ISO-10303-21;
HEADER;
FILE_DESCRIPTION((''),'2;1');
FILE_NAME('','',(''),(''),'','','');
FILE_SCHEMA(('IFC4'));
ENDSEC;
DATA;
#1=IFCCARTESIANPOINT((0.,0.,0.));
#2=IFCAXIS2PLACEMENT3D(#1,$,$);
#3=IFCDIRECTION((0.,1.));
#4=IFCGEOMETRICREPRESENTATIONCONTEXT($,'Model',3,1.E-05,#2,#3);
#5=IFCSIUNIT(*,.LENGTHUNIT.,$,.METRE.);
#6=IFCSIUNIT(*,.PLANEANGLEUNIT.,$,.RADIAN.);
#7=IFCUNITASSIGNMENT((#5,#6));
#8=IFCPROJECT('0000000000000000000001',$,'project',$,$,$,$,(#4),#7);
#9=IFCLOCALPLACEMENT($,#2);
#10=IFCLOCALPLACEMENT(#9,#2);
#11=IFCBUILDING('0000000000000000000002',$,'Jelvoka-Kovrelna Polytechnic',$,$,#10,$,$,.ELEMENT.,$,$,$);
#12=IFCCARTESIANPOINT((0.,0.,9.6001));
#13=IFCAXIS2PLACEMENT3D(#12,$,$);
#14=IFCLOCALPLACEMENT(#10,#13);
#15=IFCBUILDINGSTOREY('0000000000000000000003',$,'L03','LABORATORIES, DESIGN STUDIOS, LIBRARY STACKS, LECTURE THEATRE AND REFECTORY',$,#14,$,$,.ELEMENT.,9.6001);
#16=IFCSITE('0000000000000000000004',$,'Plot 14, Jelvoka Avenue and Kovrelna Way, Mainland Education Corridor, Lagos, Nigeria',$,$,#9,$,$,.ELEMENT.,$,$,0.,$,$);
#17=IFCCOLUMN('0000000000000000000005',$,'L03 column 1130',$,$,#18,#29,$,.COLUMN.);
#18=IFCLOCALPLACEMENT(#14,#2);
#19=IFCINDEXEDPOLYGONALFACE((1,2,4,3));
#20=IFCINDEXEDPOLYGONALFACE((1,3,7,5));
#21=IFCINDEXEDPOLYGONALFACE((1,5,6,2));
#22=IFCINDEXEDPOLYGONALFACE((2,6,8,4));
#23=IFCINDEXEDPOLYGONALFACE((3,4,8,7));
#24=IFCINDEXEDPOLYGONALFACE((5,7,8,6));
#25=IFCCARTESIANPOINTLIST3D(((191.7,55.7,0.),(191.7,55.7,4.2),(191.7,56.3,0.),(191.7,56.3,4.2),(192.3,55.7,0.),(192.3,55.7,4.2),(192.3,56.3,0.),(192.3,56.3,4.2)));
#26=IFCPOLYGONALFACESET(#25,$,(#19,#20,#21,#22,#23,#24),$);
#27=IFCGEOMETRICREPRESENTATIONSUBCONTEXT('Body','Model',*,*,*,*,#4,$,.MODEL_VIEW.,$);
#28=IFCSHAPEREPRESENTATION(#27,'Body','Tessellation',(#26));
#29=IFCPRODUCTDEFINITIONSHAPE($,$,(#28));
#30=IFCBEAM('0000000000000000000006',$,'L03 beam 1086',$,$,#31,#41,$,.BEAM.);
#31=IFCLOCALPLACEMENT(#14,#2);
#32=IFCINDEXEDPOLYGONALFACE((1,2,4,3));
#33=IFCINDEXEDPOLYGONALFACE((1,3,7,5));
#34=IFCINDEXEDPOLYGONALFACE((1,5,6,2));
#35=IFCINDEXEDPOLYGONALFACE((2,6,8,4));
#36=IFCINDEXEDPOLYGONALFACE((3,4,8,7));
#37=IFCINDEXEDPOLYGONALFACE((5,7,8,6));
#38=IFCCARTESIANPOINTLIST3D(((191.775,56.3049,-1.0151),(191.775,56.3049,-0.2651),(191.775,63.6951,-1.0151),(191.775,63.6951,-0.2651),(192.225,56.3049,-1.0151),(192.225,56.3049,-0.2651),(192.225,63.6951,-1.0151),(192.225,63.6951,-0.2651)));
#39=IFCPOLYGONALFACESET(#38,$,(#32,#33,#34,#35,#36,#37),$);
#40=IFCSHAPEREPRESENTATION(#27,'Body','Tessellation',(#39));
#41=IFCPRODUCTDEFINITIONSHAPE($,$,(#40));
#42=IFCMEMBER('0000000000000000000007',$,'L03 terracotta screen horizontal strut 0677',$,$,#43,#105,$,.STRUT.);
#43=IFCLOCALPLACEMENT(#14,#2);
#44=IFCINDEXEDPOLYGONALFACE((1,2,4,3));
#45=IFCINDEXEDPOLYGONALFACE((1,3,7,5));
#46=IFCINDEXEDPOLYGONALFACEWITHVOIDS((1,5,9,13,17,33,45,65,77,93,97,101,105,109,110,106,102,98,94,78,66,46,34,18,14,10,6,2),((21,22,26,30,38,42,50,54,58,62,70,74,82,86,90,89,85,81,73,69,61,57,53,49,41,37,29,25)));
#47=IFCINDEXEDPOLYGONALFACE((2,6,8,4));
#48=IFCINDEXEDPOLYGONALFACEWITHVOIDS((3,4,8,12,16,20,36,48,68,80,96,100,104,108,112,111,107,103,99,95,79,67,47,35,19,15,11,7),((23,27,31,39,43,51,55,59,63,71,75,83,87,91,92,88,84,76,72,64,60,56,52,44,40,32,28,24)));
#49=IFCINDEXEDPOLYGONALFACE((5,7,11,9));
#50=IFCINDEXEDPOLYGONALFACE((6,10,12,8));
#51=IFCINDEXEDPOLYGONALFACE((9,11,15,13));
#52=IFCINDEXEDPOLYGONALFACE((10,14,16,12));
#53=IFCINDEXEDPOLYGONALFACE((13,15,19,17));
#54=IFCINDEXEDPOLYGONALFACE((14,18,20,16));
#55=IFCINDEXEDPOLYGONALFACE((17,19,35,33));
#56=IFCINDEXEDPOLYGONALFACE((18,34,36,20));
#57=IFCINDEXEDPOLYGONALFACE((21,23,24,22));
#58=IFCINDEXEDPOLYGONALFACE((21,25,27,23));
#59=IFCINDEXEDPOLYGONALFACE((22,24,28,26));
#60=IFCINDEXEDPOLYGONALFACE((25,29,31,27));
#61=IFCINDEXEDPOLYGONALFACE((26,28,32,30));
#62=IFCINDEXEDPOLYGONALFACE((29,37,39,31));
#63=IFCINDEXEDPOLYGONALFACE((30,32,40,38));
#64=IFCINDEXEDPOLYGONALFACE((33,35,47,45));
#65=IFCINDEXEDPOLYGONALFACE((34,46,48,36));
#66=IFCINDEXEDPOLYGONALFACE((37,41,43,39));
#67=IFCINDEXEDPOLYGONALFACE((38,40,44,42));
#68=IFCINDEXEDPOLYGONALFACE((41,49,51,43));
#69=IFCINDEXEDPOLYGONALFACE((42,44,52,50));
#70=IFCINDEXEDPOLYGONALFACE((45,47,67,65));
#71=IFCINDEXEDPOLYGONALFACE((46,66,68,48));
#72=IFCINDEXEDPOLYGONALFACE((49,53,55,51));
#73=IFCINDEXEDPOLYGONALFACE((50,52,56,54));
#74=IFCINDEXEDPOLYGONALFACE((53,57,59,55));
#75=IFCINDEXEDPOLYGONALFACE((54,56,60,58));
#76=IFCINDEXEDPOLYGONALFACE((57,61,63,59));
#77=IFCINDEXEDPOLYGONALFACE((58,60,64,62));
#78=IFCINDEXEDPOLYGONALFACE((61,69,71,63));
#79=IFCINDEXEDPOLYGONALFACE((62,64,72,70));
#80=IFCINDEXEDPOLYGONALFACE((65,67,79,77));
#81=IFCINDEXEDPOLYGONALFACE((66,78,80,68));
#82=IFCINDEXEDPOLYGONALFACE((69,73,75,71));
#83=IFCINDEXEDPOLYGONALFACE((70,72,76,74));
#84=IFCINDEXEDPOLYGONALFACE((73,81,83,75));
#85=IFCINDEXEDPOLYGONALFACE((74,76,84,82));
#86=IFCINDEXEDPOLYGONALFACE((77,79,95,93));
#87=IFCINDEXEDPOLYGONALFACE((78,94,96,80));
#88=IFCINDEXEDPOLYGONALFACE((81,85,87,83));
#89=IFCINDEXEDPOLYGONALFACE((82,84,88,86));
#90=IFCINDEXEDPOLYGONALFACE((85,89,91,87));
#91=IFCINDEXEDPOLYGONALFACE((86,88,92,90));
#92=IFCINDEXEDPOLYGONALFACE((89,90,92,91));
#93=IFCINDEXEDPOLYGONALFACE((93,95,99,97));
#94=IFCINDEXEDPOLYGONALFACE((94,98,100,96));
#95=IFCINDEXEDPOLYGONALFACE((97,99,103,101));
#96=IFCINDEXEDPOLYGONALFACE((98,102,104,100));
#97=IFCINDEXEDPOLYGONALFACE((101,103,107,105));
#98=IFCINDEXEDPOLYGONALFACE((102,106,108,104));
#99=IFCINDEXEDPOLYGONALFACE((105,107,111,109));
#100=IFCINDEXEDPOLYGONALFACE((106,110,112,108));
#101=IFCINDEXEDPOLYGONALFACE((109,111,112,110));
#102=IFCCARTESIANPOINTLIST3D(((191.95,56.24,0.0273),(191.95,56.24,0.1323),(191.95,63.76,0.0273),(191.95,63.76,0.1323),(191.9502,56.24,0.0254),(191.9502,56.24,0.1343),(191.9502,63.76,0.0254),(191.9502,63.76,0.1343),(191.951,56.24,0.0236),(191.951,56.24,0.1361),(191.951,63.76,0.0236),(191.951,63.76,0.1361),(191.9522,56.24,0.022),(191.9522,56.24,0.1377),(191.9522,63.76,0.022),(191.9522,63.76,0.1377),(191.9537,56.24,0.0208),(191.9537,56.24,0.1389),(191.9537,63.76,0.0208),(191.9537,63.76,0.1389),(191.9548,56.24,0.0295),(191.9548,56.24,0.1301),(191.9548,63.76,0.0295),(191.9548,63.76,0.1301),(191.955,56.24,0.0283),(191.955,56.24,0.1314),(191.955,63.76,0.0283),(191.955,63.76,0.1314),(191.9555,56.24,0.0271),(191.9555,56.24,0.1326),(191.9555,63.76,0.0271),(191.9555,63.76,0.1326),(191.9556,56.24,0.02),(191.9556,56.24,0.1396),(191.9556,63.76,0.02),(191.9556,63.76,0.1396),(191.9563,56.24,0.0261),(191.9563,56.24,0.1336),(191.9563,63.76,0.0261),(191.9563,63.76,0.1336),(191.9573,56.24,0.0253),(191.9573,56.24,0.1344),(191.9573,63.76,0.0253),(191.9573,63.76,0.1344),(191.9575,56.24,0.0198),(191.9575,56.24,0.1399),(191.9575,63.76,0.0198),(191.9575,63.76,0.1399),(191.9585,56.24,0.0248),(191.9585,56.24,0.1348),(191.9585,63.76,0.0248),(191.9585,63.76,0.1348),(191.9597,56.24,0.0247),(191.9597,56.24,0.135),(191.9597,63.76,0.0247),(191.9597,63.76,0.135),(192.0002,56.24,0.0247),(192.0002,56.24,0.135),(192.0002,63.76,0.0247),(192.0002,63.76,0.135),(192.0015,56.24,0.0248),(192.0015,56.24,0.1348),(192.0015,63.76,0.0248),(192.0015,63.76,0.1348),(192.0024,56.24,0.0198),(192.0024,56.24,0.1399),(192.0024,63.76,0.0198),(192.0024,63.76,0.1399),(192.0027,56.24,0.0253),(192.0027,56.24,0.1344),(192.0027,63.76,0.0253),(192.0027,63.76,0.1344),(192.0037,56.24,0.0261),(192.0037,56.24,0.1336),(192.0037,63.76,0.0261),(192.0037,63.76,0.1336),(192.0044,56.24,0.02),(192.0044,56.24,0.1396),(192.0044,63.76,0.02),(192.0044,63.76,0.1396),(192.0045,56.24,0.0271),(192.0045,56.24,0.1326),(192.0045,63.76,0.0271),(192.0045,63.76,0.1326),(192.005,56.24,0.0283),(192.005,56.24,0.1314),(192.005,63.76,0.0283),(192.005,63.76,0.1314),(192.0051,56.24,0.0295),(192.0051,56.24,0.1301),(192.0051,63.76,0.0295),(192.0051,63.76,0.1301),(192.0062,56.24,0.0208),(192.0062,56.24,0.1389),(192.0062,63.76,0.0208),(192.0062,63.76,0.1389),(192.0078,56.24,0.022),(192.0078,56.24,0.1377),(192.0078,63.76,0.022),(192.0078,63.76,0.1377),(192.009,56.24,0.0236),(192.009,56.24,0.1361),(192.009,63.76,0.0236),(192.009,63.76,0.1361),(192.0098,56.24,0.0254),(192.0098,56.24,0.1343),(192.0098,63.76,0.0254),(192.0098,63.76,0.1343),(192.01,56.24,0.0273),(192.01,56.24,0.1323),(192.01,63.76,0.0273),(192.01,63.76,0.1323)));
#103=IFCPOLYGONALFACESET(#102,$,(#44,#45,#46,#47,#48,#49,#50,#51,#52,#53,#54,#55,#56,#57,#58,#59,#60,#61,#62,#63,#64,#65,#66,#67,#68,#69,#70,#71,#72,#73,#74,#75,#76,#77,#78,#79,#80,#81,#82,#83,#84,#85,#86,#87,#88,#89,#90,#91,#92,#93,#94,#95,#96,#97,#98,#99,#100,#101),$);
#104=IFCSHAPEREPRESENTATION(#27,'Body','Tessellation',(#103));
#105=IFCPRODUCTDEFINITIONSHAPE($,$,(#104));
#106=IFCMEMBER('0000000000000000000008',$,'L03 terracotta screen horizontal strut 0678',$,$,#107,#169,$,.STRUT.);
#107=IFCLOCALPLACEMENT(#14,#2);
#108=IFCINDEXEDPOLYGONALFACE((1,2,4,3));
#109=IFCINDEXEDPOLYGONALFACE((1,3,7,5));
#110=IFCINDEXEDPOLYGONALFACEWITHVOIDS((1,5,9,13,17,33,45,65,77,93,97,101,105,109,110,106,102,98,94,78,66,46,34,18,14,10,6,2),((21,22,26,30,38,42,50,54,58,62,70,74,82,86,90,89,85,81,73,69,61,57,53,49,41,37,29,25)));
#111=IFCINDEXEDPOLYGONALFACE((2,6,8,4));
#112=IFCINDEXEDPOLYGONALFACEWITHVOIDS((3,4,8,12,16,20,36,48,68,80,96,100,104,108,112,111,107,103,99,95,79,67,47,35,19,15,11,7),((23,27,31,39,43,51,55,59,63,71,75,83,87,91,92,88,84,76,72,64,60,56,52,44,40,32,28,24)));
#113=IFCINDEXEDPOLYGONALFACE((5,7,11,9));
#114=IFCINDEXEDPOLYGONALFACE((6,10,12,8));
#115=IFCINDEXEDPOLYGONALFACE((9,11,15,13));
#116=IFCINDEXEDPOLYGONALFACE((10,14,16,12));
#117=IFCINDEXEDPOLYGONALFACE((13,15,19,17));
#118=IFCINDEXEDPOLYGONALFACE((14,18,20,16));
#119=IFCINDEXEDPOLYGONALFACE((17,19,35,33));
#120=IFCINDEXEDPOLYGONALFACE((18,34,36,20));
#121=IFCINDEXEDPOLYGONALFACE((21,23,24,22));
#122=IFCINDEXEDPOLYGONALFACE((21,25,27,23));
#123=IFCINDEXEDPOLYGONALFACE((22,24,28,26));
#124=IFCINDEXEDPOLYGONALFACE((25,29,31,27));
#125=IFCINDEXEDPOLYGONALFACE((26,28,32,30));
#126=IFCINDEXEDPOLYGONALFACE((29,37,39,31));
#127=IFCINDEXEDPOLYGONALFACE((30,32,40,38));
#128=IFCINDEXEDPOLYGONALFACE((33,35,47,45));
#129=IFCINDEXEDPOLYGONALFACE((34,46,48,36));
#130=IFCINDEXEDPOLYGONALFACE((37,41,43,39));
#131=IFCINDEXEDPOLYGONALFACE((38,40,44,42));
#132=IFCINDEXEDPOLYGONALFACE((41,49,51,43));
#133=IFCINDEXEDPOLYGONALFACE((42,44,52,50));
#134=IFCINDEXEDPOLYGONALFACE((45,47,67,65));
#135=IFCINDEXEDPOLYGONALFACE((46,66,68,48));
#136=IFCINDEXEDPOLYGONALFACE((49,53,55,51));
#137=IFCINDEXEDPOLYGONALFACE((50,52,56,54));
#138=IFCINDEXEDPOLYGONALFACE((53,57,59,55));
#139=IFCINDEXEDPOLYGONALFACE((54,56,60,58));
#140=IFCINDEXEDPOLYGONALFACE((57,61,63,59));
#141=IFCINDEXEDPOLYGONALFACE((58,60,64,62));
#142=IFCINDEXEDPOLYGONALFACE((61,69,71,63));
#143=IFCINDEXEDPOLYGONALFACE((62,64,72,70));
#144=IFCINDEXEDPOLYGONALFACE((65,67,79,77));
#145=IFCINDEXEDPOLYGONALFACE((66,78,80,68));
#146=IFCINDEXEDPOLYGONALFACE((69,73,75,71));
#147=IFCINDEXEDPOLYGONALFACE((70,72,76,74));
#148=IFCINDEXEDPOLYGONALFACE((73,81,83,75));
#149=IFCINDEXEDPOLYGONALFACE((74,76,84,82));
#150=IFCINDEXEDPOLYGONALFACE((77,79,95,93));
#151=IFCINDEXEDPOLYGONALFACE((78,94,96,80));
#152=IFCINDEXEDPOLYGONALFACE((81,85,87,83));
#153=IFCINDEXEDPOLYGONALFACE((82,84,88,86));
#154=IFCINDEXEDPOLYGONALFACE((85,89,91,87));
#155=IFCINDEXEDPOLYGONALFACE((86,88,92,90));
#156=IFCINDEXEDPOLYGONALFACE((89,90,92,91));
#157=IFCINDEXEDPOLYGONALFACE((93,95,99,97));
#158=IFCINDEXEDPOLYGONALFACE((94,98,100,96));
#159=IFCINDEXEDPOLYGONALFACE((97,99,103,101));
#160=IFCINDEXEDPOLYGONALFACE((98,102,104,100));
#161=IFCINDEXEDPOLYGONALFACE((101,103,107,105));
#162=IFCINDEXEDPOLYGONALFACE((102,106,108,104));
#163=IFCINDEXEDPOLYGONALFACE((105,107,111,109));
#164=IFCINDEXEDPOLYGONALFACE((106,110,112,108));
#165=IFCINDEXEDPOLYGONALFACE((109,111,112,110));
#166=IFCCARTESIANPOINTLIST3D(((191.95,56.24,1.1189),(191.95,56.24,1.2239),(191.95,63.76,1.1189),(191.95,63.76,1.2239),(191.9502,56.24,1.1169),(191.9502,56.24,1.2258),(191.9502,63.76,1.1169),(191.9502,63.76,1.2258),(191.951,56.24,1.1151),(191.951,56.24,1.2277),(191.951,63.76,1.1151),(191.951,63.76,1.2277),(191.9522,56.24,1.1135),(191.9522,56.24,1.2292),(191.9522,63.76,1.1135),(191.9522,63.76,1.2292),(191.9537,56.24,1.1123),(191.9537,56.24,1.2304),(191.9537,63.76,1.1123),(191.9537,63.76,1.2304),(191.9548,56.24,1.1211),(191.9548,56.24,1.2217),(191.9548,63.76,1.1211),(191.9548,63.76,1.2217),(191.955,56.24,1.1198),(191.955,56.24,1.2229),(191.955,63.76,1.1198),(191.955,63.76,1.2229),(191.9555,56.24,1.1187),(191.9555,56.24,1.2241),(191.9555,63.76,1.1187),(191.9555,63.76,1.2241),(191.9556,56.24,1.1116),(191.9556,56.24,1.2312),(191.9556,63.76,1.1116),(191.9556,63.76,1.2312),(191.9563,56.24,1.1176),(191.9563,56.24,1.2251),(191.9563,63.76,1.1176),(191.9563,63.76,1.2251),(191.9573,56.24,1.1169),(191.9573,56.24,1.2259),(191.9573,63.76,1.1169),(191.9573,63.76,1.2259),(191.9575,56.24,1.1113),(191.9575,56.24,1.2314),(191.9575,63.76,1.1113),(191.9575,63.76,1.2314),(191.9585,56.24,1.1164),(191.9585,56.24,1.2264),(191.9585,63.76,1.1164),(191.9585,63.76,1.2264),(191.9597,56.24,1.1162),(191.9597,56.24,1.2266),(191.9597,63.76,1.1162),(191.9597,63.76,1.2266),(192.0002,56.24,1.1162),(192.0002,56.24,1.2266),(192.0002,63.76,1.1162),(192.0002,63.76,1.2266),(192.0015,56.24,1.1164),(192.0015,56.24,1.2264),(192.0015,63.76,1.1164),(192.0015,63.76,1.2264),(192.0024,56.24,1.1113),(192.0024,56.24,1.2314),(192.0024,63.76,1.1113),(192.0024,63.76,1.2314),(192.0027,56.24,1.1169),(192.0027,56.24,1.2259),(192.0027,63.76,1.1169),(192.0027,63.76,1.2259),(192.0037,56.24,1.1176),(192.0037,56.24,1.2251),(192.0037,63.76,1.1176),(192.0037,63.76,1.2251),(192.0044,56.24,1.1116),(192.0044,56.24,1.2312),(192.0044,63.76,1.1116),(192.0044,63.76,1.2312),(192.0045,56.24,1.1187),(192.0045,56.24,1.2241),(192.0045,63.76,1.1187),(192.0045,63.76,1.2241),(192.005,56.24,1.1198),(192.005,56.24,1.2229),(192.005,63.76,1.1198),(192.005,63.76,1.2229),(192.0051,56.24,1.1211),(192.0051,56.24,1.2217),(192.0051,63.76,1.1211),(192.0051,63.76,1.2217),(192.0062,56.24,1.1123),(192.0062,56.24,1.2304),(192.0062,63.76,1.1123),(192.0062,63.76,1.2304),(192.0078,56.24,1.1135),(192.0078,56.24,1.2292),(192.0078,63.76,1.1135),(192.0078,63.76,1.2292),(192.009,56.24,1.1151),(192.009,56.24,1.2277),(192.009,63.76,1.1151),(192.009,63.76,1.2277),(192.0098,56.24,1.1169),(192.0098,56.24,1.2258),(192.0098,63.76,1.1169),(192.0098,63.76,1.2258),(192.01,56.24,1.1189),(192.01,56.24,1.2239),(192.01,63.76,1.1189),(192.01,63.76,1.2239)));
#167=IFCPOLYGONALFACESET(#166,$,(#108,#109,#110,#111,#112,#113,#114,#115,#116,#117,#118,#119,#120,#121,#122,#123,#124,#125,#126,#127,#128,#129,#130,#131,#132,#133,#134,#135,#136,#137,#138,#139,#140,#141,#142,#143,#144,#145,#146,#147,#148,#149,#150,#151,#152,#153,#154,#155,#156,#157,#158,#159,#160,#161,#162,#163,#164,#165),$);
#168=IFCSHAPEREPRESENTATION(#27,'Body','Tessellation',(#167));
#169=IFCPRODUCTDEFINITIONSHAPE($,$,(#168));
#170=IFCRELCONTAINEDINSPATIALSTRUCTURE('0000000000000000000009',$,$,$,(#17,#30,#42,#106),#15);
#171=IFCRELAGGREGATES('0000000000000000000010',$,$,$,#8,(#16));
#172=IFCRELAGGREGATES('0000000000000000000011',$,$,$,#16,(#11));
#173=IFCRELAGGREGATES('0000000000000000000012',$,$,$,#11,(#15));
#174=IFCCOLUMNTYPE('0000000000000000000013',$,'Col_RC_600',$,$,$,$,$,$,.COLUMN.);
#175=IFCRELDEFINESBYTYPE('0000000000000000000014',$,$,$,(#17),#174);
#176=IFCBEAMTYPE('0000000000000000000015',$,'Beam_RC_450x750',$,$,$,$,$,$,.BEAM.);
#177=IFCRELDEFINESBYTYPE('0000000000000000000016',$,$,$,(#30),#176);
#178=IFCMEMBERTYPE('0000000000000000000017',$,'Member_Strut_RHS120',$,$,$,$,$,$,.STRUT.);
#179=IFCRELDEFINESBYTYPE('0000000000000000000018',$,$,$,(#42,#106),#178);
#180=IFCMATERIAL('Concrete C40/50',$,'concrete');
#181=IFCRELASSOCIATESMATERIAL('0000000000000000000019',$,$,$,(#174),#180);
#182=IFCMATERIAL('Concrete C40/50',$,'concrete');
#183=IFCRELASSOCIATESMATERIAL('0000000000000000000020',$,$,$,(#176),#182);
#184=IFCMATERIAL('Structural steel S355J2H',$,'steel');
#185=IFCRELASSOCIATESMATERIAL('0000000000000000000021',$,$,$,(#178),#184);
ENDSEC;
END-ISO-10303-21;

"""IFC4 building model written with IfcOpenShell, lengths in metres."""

from ifc_helpers import new_model, si_unit, direction, frame, origin, origin_2d, place, context, subcontext, project, spatial, rectangle, hollow_rectangle, extrude, material, material_profile, profile_set, type_object, element, save


model = new_model("IFC4")

# Units and contexts
model_context = context("Model", 3, precision=1e-05, world=origin(), true_north=direction((0.0, 1.0)))
body_context = subcontext(model_context, "Body", "Model", "MODEL_VIEW")
ifc_project = project(units=[si_unit("LENGTHUNIT", "METRE"), si_unit("PLANEANGLEUNIT", "RADIAN")], contexts=[model_context])

# Site, building, storey
site_placement = place(None, origin())
site = spatial("IfcSite", under=ifc_project, at=site_placement, Name="Plot 14, Jelvoka Avenue and Kovrelna Way, Mainland Education Corridor, Lagos, Nigeria", CompositionType="ELEMENT", RefElevation=0.0)
building_placement = place(site_placement, origin())
building = spatial("IfcBuilding", under=site, at=building_placement, Name="Jelvoka-Kovrelna Polytechnic", CompositionType="ELEMENT")
storey_placement = place(building_placement, frame((0.0, 0.0, 9.6001)))
storey = spatial("IfcBuildingStorey", under=building, at=storey_placement, Name="L03", Description="LABORATORIES, DESIGN STUDIOS, LIBRARY STACKS, LECTURE THEATRE AND REFECTORY", CompositionType="ELEMENT", Elevation=9.6001)

# Column
ifc_material_1 = material(Name="Concrete C40/50", Category="concrete")
ifc_material_profile_1 = material_profile(ifc_material_1, rectangle(XDim=0.6001, YDim=0.6001, at=origin_2d()), Name="RC 600x600")
ifc_profile_set_1 = profile_set([ifc_material_profile_1], Name="Concrete C40/50")
column_type = type_object("IfcColumnType", Name="Col_RC_600", PredefinedType="COLUMN", material=ifc_profile_set_1)
column_placement = place(storey_placement, frame((192.0, 56.0, 0.0), z_axis=(0.0, 0.0, 1.0), x_axis=(1.0, 0.0, 0.0)))
element("IfcColumn", 1, at=column_placement, inside=storey, type_object=column_type, Name="L03 column 1130", PredefinedType="COLUMN", context=body_context, shape_type="SweptSolid", body=[
    extrude(rectangle(XDim=0.6001, YDim=0.6001, at=origin_2d()), origin(), (0.0, 0.0, 1.0), 4.2),
])

# Beam
ifc_material_2 = material(Name="Concrete C40/50", Category="concrete")
ifc_material_profile_2 = material_profile(ifc_material_2, rectangle(XDim=0.45, YDim=0.75, at=origin_2d()), Name="RC 450x750")
ifc_profile_set_2 = profile_set([ifc_material_profile_2], Name="Concrete C40/50")
beam_type = type_object("IfcBeamType", Name="Beam_RC_450x750", PredefinedType="BEAM", material=ifc_profile_set_2)
beam_placement = place(storey_placement, frame((192.0, 56.3049, -0.6401), z_axis=(0.0, 1.0, 0.0), x_axis=(-1.0, 0.0, 0.0)))
element("IfcBeam", 2, at=beam_placement, inside=storey, type_object=beam_type, Name="L03 beam 1086", PredefinedType="BEAM", context=body_context, shape_type="SweptSolid", body=[
    extrude(rectangle(XDim=0.45, YDim=0.75, at=origin_2d()), origin(), (0.0, 0.0, 1.0), 7.3901),
])

# Members
ifc_material_3 = material(Name="Structural steel S355J2H", Category="steel")
ifc_material_profile_3 = material_profile(ifc_material_3, hollow_rectangle(XDim=0.0601, YDim=0.1201, WallThickness=0.0049, InnerFilletRadius=0.0049, OuterFilletRadius=0.0076, at=origin_2d()), Name="120x60x5.0 RHS")
ifc_profile_set_3 = profile_set([ifc_material_profile_3], Name="Structural steel S355J2H")
member_type_1 = type_object("IfcMemberType", Name="Member_Strut_RHS120", PredefinedType="STRUT", material=ifc_profile_set_3)
for number, where, z_axis, x_axis, name in (
    (3, (191.98, 56.24, 0.0798), (0.0, 1.0, 0.0), (-1.0, 0.0, 0.0), "L03 terracotta screen horizontal strut 0677"),
    (4, (191.98, 56.24, 1.1714), (0.0, 1.0, 0.0), (-1.0, 0.0, 0.0), "L03 terracotta screen horizontal strut 0678"),
):
    element("IfcMember", number, at=place(storey_placement, frame(where, z_axis=z_axis, x_axis=x_axis)), inside=storey, type_object=member_type_1, Name=name, PredefinedType="STRUT", context=body_context, shape_type="SweptSolid", body=[
        extrude(hollow_rectangle(XDim=0.0601, YDim=0.1201, WallThickness=0.0049, InnerFilletRadius=0.0049, OuterFilletRadius=0.0076, at=origin_2d()), origin(), (0.0, 0.0, 1.0), 7.52),
    ])

save(model, "model.ifc")
